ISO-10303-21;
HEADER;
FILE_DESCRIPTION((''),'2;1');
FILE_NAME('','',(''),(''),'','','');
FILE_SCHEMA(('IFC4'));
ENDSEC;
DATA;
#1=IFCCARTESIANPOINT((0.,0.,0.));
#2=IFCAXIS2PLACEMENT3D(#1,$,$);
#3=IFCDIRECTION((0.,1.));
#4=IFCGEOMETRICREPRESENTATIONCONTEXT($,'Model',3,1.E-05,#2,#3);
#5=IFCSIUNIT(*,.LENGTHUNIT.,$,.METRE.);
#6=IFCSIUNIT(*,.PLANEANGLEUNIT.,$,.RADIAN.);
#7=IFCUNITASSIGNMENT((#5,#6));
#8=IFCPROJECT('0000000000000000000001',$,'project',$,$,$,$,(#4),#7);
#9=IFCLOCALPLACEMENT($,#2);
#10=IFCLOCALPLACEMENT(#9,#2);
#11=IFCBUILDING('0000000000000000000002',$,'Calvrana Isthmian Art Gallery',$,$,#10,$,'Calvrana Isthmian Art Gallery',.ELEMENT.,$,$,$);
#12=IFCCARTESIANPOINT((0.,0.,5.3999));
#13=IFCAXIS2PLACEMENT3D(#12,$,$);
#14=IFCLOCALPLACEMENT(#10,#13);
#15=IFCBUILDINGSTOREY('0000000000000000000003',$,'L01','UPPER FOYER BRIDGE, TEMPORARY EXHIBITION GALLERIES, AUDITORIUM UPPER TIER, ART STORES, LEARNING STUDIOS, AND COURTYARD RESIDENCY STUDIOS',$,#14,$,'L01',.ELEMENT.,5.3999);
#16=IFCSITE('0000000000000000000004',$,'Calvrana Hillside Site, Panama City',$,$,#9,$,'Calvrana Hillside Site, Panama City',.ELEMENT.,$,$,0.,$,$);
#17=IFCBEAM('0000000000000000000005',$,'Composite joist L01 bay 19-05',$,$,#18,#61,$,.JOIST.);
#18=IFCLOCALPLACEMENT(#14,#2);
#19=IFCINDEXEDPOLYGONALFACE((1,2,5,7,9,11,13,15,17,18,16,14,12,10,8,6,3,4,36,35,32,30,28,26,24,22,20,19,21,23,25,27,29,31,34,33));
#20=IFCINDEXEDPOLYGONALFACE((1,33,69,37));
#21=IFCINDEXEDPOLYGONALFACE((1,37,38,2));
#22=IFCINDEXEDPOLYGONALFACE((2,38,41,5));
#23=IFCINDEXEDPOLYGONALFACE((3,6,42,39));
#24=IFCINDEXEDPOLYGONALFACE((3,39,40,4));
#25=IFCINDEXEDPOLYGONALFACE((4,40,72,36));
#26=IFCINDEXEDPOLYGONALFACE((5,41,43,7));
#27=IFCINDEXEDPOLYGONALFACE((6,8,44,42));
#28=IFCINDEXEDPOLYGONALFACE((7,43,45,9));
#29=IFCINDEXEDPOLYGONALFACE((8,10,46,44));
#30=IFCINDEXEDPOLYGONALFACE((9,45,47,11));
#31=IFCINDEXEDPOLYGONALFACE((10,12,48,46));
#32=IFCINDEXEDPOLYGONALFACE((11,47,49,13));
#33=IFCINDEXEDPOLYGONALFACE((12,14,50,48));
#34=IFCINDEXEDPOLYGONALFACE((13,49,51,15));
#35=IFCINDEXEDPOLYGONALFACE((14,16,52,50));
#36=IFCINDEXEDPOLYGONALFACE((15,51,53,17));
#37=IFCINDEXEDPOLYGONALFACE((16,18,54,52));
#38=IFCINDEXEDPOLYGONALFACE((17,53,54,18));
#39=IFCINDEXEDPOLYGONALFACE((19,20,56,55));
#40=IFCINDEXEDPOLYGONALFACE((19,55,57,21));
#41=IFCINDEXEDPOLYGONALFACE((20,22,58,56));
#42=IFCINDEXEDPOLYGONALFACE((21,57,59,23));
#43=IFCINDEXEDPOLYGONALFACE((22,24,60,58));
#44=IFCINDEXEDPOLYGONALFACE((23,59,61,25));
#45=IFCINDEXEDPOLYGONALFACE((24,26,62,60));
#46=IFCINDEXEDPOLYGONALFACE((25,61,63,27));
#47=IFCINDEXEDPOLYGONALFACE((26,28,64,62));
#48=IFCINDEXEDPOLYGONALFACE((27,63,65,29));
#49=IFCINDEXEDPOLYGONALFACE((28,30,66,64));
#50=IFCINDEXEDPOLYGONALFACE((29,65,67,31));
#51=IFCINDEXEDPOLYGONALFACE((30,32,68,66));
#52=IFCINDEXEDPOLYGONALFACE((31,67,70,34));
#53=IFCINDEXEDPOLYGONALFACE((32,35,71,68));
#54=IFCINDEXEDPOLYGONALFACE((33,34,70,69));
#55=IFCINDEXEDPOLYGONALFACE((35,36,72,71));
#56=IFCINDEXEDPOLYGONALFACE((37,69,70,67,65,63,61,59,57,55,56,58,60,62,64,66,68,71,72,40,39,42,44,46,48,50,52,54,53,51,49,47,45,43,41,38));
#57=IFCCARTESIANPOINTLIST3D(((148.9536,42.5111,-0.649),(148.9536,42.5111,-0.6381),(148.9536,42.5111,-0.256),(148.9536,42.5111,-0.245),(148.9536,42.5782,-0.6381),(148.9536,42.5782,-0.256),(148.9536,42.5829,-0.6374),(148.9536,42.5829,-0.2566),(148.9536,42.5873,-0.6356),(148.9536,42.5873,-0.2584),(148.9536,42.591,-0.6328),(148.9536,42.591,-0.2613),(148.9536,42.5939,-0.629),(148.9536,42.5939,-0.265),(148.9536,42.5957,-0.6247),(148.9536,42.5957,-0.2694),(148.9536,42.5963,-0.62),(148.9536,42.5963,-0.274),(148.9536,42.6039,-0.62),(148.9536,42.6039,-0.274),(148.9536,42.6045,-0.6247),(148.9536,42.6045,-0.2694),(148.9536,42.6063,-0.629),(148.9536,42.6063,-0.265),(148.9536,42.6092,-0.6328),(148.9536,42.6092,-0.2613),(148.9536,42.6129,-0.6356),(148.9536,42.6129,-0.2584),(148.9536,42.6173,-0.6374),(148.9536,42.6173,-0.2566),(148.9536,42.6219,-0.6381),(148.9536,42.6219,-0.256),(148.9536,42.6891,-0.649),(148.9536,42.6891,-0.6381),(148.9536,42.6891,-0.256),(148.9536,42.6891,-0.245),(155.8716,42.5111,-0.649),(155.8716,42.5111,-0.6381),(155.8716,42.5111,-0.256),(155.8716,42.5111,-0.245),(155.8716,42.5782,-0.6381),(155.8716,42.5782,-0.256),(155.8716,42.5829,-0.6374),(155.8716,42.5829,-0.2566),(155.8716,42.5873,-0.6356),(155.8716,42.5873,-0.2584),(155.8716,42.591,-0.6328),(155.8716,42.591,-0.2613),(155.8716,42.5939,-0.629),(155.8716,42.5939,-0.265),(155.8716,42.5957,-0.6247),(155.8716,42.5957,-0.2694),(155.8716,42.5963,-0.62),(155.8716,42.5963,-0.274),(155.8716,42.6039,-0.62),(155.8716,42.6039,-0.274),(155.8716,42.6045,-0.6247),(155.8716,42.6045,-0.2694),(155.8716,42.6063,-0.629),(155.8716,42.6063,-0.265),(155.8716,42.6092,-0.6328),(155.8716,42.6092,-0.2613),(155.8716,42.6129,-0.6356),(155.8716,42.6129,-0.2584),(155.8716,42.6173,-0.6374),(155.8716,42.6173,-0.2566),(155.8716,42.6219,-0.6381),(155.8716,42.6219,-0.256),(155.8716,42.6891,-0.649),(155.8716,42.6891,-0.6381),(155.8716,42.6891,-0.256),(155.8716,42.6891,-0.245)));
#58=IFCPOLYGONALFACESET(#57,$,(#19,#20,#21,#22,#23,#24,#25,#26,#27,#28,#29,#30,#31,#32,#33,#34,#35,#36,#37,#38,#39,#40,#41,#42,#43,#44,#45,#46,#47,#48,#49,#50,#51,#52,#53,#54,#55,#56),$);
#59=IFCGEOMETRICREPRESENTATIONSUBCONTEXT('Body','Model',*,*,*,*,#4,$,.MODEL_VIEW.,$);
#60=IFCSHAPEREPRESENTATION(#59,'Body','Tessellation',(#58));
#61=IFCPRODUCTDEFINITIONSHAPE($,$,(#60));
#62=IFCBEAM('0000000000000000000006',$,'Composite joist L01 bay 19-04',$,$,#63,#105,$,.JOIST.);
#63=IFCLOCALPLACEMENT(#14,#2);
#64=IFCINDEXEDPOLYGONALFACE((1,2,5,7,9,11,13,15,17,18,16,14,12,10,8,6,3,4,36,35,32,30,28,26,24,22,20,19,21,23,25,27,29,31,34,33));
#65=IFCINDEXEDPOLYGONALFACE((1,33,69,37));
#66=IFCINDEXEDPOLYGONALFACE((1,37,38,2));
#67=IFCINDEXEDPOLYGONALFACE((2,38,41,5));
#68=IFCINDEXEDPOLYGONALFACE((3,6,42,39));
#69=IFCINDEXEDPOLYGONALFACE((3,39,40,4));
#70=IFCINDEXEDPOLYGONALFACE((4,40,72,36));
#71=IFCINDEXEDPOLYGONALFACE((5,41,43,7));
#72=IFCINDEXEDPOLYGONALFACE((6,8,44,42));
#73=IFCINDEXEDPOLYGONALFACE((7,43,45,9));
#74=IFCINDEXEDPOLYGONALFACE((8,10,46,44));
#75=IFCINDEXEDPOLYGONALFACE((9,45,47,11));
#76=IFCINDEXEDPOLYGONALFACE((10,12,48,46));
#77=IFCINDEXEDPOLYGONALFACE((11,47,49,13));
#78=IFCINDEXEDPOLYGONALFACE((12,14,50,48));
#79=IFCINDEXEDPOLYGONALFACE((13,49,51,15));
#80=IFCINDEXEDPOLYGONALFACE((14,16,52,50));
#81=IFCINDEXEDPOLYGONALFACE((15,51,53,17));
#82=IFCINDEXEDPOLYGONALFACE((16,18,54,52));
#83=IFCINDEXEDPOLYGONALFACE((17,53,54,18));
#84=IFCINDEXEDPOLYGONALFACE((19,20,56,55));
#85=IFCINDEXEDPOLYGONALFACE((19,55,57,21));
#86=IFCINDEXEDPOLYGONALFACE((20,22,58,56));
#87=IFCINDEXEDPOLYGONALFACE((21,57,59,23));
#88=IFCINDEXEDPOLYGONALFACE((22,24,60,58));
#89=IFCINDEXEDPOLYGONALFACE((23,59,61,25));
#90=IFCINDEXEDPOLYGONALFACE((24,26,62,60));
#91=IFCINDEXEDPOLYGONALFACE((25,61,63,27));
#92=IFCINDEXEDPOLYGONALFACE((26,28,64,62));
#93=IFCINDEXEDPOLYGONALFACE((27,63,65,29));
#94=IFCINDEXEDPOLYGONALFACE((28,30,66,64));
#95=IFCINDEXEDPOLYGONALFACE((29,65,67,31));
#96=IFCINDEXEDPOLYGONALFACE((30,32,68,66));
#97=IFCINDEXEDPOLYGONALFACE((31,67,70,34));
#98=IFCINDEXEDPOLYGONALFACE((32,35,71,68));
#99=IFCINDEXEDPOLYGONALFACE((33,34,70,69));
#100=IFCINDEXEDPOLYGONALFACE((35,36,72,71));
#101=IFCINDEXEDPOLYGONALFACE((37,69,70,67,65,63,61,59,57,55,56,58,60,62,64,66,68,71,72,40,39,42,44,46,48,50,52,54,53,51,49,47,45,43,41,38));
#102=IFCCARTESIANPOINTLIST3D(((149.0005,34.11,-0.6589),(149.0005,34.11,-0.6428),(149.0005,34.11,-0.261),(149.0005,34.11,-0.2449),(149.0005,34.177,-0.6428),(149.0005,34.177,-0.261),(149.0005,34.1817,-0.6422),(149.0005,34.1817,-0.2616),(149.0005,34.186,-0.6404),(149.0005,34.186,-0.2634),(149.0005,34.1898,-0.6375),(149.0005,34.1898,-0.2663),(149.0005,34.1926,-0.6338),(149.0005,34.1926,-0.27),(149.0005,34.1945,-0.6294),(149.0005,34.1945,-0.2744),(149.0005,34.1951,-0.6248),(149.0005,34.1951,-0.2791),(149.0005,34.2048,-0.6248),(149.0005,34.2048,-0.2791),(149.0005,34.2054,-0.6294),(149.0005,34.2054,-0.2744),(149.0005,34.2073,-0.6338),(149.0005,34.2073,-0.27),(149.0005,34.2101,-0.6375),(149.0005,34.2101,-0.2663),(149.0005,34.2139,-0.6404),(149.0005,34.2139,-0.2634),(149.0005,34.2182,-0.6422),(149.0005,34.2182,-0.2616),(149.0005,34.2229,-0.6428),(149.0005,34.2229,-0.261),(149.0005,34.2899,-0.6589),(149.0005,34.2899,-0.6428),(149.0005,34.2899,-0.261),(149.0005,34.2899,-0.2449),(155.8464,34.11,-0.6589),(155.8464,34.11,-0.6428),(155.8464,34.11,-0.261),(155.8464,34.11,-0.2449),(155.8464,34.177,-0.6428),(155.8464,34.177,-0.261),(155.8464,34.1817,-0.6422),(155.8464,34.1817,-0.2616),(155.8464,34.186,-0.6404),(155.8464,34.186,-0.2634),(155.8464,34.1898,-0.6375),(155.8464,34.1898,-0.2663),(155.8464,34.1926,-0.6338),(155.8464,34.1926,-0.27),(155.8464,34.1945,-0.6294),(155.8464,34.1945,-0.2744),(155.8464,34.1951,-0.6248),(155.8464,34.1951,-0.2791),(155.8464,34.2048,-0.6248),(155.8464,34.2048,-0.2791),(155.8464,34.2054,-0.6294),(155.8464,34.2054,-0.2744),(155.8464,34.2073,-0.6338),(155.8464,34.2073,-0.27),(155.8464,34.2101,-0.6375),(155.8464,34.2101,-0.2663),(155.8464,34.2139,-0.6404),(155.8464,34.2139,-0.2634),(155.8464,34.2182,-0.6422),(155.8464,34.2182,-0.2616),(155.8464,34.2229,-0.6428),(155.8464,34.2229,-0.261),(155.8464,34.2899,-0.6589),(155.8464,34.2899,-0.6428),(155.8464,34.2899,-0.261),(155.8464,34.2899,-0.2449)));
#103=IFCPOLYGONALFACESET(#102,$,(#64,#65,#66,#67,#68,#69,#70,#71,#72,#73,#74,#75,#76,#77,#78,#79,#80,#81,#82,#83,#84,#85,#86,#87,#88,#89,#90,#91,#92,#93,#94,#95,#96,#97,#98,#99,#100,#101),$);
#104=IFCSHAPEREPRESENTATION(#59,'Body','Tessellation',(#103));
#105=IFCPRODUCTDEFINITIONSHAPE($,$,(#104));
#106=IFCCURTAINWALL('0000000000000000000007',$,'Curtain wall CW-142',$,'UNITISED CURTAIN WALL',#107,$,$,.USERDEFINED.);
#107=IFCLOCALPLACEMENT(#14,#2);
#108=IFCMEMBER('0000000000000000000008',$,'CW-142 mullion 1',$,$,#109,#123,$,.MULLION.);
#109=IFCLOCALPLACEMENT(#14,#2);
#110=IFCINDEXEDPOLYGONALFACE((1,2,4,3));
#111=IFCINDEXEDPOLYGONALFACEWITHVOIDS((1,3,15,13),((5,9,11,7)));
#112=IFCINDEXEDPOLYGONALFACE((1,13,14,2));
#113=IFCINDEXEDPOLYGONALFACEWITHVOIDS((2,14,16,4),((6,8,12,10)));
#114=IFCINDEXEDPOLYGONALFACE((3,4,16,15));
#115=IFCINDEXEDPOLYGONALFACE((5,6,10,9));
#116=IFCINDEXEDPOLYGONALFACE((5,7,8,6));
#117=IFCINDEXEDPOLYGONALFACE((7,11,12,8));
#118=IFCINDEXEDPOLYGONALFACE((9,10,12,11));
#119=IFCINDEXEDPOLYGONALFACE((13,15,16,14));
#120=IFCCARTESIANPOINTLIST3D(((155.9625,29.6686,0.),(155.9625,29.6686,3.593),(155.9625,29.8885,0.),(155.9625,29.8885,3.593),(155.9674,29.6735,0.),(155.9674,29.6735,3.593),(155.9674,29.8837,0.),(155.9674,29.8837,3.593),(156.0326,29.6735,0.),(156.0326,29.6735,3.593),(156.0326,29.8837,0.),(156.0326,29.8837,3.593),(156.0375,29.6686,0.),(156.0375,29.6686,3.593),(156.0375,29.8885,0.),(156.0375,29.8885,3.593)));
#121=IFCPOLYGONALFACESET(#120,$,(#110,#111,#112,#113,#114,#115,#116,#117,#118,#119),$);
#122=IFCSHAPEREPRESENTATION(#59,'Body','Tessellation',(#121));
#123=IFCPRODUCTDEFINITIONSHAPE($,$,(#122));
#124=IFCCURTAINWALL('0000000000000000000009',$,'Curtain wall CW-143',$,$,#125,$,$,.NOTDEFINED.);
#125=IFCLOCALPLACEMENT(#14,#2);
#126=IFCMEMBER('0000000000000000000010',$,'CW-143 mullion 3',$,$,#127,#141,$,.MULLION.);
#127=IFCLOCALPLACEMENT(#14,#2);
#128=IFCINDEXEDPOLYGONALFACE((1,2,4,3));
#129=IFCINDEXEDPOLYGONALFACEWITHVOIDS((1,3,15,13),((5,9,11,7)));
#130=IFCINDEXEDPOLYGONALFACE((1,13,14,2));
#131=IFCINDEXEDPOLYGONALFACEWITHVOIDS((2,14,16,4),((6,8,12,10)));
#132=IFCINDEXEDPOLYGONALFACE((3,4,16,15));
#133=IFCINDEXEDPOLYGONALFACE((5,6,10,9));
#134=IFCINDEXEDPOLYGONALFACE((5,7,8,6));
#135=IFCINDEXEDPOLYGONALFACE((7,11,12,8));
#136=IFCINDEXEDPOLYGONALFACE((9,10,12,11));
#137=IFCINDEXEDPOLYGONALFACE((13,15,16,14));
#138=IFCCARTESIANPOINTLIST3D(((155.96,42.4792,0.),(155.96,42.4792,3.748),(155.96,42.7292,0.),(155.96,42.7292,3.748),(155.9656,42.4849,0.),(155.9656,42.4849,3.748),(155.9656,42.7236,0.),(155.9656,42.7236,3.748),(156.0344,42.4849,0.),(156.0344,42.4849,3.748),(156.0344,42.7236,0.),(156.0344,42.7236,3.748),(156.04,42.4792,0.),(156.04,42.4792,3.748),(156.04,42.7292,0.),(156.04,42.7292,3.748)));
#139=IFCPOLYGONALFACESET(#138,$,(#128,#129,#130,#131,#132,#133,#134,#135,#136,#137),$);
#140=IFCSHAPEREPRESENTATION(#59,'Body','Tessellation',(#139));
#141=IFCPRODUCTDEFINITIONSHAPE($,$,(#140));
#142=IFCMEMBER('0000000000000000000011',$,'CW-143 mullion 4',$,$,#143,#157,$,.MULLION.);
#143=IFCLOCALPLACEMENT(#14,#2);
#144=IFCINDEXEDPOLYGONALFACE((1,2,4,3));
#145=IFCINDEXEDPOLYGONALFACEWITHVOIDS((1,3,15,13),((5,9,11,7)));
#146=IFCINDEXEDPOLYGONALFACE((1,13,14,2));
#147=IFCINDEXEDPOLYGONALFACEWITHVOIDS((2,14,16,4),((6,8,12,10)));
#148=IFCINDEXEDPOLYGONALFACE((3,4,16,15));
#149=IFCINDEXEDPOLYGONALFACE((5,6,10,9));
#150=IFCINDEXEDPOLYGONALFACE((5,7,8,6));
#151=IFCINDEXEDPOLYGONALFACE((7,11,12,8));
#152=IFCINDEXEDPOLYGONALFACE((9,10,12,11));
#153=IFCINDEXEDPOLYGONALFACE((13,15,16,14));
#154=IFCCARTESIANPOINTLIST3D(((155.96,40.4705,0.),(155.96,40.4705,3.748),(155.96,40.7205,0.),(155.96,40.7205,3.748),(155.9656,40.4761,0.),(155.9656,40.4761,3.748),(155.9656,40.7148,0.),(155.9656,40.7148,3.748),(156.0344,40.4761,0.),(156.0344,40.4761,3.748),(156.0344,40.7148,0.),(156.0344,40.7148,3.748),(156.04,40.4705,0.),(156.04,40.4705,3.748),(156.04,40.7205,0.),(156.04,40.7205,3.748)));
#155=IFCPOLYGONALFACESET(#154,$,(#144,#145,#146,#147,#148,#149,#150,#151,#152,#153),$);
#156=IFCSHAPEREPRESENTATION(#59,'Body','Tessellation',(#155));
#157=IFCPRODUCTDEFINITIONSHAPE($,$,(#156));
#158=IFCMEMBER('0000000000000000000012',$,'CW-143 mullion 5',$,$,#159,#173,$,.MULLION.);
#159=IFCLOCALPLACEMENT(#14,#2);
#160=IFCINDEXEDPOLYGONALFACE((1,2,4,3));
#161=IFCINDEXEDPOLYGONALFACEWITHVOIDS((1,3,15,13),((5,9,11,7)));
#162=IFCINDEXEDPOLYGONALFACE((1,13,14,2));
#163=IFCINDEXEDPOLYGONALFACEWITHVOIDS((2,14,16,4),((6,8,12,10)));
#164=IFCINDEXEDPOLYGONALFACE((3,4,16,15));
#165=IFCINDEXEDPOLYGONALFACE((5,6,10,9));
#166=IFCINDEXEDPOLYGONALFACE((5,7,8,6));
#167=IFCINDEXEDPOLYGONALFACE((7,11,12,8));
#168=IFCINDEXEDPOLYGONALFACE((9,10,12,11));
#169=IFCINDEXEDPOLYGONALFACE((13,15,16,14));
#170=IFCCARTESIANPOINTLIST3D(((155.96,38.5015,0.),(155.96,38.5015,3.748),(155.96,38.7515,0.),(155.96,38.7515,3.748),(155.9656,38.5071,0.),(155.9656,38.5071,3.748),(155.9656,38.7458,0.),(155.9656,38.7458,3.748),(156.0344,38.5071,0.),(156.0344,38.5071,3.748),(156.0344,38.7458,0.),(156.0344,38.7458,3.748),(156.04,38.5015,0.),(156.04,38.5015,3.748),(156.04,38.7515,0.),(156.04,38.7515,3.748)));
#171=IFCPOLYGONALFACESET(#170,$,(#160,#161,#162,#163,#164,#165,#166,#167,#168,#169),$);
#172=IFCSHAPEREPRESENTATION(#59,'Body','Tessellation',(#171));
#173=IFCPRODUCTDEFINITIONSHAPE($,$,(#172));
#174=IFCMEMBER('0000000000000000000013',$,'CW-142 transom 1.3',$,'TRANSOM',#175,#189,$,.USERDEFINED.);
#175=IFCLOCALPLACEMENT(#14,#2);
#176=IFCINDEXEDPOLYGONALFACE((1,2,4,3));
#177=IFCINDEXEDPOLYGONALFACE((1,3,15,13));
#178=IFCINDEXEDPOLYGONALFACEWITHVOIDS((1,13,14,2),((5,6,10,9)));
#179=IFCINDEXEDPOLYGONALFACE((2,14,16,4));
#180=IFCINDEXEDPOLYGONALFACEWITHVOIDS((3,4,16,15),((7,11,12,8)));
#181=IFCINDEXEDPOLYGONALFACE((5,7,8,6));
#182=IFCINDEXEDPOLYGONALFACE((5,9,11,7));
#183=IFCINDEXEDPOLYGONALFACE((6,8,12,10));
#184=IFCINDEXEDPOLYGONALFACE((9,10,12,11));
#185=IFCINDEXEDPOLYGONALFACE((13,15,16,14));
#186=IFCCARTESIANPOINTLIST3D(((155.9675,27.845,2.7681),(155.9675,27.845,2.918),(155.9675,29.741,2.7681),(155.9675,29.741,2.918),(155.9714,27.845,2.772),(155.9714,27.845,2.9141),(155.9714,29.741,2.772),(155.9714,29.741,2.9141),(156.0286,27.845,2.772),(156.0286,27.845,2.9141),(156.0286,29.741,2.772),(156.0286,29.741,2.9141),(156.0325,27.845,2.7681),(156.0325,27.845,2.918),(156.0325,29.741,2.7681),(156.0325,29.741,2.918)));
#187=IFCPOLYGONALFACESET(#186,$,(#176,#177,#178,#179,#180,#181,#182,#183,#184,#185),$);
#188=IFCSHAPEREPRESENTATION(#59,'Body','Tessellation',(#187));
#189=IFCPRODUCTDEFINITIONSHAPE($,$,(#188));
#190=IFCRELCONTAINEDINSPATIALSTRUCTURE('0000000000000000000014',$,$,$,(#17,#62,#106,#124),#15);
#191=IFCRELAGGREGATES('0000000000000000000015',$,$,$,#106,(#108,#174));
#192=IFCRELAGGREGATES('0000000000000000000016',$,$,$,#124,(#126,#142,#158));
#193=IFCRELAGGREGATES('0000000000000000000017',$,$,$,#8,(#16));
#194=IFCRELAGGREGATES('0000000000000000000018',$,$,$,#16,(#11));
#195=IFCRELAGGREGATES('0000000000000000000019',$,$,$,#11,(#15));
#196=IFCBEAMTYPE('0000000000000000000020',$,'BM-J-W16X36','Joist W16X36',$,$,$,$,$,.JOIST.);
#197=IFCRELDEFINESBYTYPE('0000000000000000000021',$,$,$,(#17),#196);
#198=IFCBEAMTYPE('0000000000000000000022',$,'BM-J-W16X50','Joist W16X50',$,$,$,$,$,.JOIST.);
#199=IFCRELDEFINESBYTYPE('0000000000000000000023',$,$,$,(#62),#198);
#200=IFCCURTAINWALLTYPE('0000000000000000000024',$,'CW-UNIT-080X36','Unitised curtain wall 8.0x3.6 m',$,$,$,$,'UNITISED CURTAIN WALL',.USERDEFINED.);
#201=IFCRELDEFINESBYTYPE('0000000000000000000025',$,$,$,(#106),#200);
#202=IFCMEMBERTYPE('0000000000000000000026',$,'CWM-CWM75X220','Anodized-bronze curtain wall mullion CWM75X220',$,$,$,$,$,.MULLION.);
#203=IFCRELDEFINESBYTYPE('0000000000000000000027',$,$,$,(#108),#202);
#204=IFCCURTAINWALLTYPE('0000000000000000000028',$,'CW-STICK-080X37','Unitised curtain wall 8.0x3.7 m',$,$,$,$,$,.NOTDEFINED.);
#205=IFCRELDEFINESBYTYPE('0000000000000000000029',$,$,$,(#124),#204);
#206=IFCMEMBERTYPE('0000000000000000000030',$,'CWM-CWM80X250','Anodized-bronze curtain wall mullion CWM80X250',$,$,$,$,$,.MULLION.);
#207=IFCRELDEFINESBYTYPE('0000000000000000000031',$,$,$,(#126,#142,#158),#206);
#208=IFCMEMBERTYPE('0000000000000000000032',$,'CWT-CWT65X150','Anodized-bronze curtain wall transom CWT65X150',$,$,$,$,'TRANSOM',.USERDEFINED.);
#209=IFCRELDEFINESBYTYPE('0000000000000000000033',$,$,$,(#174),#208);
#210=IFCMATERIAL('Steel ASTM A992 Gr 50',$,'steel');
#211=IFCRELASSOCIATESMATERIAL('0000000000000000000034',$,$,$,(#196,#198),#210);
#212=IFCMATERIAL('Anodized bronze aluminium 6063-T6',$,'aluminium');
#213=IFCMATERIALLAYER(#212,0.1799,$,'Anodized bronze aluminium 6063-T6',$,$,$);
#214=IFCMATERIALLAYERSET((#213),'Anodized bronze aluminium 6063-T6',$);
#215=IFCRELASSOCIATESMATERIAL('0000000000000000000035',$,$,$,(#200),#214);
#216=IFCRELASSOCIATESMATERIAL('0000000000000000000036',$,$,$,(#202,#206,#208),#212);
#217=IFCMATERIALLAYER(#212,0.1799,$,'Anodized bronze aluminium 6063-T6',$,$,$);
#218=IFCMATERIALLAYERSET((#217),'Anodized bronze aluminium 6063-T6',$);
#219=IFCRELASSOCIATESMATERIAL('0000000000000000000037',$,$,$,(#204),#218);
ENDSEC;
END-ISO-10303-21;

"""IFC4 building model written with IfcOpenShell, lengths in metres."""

from ifc_helpers import new_model, si_unit, direction, frame, origin, origin_2d, place, context, subcontext, project, spatial, hollow_rectangle, i_section, extrude, material, layer, layer_set, material_profile, profile_set, type_object, element, aggregate, save


model = new_model("IFC4")

# Units and contexts
model_context = context("Model", 3, precision=1e-05, world=origin(), true_north=direction((0.0, 1.0)))
body_context = subcontext(model_context, "Body", "Model", "MODEL_VIEW")
ifc_project = project(units=[si_unit("LENGTHUNIT", "METRE"), si_unit("PLANEANGLEUNIT", "RADIAN")], contexts=[model_context])

# Site, building, storey
site_placement = place(None, origin())
site = spatial("IfcSite", under=ifc_project, at=site_placement, Name="Calvrana Hillside Site, Panama City", LongName="Calvrana Hillside Site, Panama City", CompositionType="ELEMENT", RefElevation=0.0)
building_placement = place(site_placement, origin())
building = spatial("IfcBuilding", under=site, at=building_placement, Name="Calvrana Isthmian Art Gallery", LongName="Calvrana Isthmian Art Gallery", CompositionType="ELEMENT")
storey_placement = place(building_placement, frame((0.0, 0.0, 5.3999)))
storey = spatial("IfcBuildingStorey", under=building, at=storey_placement, Name="L01", Description="UPPER FOYER BRIDGE, TEMPORARY EXHIBITION GALLERIES, AUDITORIUM UPPER TIER, ART STORES, LEARNING STUDIOS, AND COURTYARD RESIDENCY STUDIOS", LongName="L01", CompositionType="ELEMENT", Elevation=5.3999)

# Shared definitions
ifc_material_1 = material(Name="Steel ASTM A992 Gr 50", Category="steel")

# Beams
ifc_material_profile_1 = material_profile(ifc_material_1, i_section(OverallWidth=0.178, OverallDepth=0.4041, WebThickness=0.0076, FlangeThickness=0.011, FilletRadius=0.0181, at=origin_2d()), Name="W16X36")
ifc_profile_set_1 = profile_set([ifc_material_profile_1], Name="Steel ASTM A992 Gr 50")
beam_type_1 = type_object("IfcBeamType", Name="BM-J-W16X36", Description="Joist W16X36", PredefinedType="JOIST", material=ifc_profile_set_1)
beam_1_placement = place(storey_placement, frame((148.9536, 42.6001, -0.447), z_axis=(1.0, 0.0, 0.0), x_axis=(0.0, 1.0, 0.0)))
element("IfcBeam", 1, at=beam_1_placement, inside=storey, type_object=beam_type_1, Name="Composite joist L01 bay 19-05", PredefinedType="JOIST", context=body_context, shape_type="SweptSolid", body=[
    extrude(i_section(OverallWidth=0.178, OverallDepth=0.4041, WebThickness=0.0076, FlangeThickness=0.011, FilletRadius=0.0181, at=origin_2d()), origin(), (0.0, 0.0, 1.0), 6.918),
])
ifc_material_profile_2 = material_profile(ifc_material_1, i_section(OverallWidth=0.1799, OverallDepth=0.4141, WebThickness=0.0098, FlangeThickness=0.0161, FilletRadius=0.0181, at=origin_2d()), Name="W16X50")
ifc_profile_set_2 = profile_set([ifc_material_profile_2], Name="Steel ASTM A992 Gr 50")
beam_type_2 = type_object("IfcBeamType", Name="BM-J-W16X50", Description="Joist W16X50", PredefinedType="JOIST", material=ifc_profile_set_2)
beam_2_placement = place(storey_placement, frame((149.0005, 34.2, -0.4519), z_axis=(1.0, 0.0, 0.0), x_axis=(0.0, 1.0, 0.0)))
element("IfcBeam", 2, at=beam_2_placement, inside=storey, type_object=beam_type_2, Name="Composite joist L01 bay 19-04", PredefinedType="JOIST", context=body_context, shape_type="SweptSolid", body=[
    extrude(i_section(OverallWidth=0.1799, OverallDepth=0.4141, WebThickness=0.0098, FlangeThickness=0.0161, FilletRadius=0.0181, at=origin_2d()), origin(), (0.0, 0.0, 1.0), 6.8459),
])

# Curtain wall, member
ifc_material_2 = material(Name="Anodized bronze aluminium 6063-T6", Category="aluminium")
ifc_layer_1 = layer(ifc_material_2, 0.1799, Name="Anodized bronze aluminium 6063-T6")
ifc_layer_set_1 = layer_set([ifc_layer_1], Name="Anodized bronze aluminium 6063-T6")
curtain_wall_type_1 = type_object("IfcCurtainWallType", Name="CW-UNIT-080X36", Description="Unitised curtain wall 8.0x3.6 m", ElementType="UNITISED CURTAIN WALL", PredefinedType="USERDEFINED", material=ifc_layer_set_1)
curtain_wall_1_placement = place(storey_placement, origin())
curtain_wall_1 = element("IfcCurtainWall", 3, at=curtain_wall_1_placement, inside=storey, type_object=curtain_wall_type_1, Name="Curtain wall CW-142", ObjectType="UNITISED CURTAIN WALL", PredefinedType="USERDEFINED")
ifc_material_profile_3 = material_profile(ifc_material_2, hollow_rectangle(XDim=0.075, YDim=0.22, WallThickness=0.0049, at=origin_2d()), Name="CWM75X220")
ifc_profile_set_3 = profile_set([ifc_material_profile_3], Name="Anodized bronze aluminium 6063-T6")
member_type_1 = type_object("IfcMemberType", Name="CWM-CWM75X220", Description="Anodized-bronze curtain wall mullion CWM75X220", PredefinedType="MULLION", material=ifc_profile_set_3)
member_1_placement = place(storey_placement, frame((156.0, 29.7786, 0.0), z_axis=(0.0, 0.0, 1.0), x_axis=(1.0, 0.0, 0.0)))
member_1 = element("IfcMember", 4, at=member_1_placement, type_object=member_type_1, Name="CW-142 mullion 1", PredefinedType="MULLION", context=body_context, shape_type="SweptSolid", body=[
    extrude(hollow_rectangle(XDim=0.075, YDim=0.22, WallThickness=0.0049, at=origin_2d()), origin(), (0.0, 0.0, 1.0), 3.593),
])

# Curtain wall, members
ifc_layer_2 = layer(ifc_material_2, 0.1799, Name="Anodized bronze aluminium 6063-T6")
ifc_layer_set_2 = layer_set([ifc_layer_2], Name="Anodized bronze aluminium 6063-T6")
curtain_wall_type_2 = type_object("IfcCurtainWallType", Name="CW-STICK-080X37", Description="Unitised curtain wall 8.0x3.7 m", PredefinedType="NOTDEFINED", material=ifc_layer_set_2)
curtain_wall_2_placement = place(storey_placement, origin())
curtain_wall_2 = element("IfcCurtainWall", 5, at=curtain_wall_2_placement, inside=storey, type_object=curtain_wall_type_2, Name="Curtain wall CW-143", PredefinedType="NOTDEFINED")
ifc_material_profile_4 = material_profile(ifc_material_2, hollow_rectangle(XDim=0.0801, YDim=0.25, WallThickness=0.0056, at=origin_2d()), Name="CWM80X250")
ifc_profile_set_4 = profile_set([ifc_material_profile_4], Name="Anodized bronze aluminium 6063-T6")
member_type_2 = type_object("IfcMemberType", Name="CWM-CWM80X250", Description="Anodized-bronze curtain wall mullion CWM80X250", PredefinedType="MULLION", material=ifc_profile_set_4)
member_2_placement = place(storey_placement, frame((156.0, 42.6042, 0.0), z_axis=(0.0, 0.0, 1.0), x_axis=(1.0, 0.0, 0.0)))
member_2 = element("IfcMember", 6, at=member_2_placement, type_object=member_type_2, Name="CW-143 mullion 3", PredefinedType="MULLION", context=body_context, shape_type="SweptSolid", body=[
    extrude(hollow_rectangle(XDim=0.0801, YDim=0.25, WallThickness=0.0056, at=origin_2d()), origin(), (0.0, 0.0, 1.0), 3.748),
])
member_3_placement = place(storey_placement, frame((156.0, 40.5955, 0.0), z_axis=(0.0, 0.0, 1.0), x_axis=(1.0, 0.0, 0.0)))
member_3 = element("IfcMember", 7, at=member_3_placement, type_object=member_type_2, Name="CW-143 mullion 4", PredefinedType="MULLION", context=body_context, shape_type="SweptSolid", body=[
    extrude(hollow_rectangle(XDim=0.0801, YDim=0.25, WallThickness=0.0056, at=origin_2d()), origin(), (0.0, 0.0, 1.0), 3.748),
])
member_4_placement = place(storey_placement, frame((156.0, 38.6265, 0.0), z_axis=(0.0, 0.0, 1.0), x_axis=(1.0, 0.0, 0.0)))
member_4 = element("IfcMember", 8, at=member_4_placement, type_object=member_type_2, Name="CW-143 mullion 5", PredefinedType="MULLION", context=body_context, shape_type="SweptSolid", body=[
    extrude(hollow_rectangle(XDim=0.0801, YDim=0.25, WallThickness=0.0056, at=origin_2d()), origin(), (0.0, 0.0, 1.0), 3.748),
])

# Member
ifc_material_profile_5 = material_profile(ifc_material_2, hollow_rectangle(XDim=0.0649, YDim=0.1499, WallThickness=0.0039, at=origin_2d()), Name="CWT65X150")
ifc_profile_set_5 = profile_set([ifc_material_profile_5], Name="Anodized bronze aluminium 6063-T6")
member_type_3 = type_object("IfcMemberType", Name="CWT-CWT65X150", Description="Anodized-bronze curtain wall transom CWT65X150", ElementType="TRANSOM", PredefinedType="USERDEFINED", material=ifc_profile_set_5)
member_5_placement = place(storey_placement, frame((156.0, 29.741, 2.843), z_axis=(0.0, -1.0, 0.0), x_axis=(1.0, 0.0, 0.0)))
member_5 = element("IfcMember", 9, at=member_5_placement, type_object=member_type_3, Name="CW-142 transom 1.3", ObjectType="TRANSOM", PredefinedType="USERDEFINED", context=body_context, shape_type="SweptSolid", body=[
    extrude(hollow_rectangle(XDim=0.0649, YDim=0.1499, WallThickness=0.0039, at=origin_2d()), origin(), (0.0, 0.0, 1.0), 1.896),
])
aggregate(curtain_wall_1, [member_1, member_5])

aggregate(curtain_wall_2, [member_2, member_3, member_4])

save(model, "model.ifc")
